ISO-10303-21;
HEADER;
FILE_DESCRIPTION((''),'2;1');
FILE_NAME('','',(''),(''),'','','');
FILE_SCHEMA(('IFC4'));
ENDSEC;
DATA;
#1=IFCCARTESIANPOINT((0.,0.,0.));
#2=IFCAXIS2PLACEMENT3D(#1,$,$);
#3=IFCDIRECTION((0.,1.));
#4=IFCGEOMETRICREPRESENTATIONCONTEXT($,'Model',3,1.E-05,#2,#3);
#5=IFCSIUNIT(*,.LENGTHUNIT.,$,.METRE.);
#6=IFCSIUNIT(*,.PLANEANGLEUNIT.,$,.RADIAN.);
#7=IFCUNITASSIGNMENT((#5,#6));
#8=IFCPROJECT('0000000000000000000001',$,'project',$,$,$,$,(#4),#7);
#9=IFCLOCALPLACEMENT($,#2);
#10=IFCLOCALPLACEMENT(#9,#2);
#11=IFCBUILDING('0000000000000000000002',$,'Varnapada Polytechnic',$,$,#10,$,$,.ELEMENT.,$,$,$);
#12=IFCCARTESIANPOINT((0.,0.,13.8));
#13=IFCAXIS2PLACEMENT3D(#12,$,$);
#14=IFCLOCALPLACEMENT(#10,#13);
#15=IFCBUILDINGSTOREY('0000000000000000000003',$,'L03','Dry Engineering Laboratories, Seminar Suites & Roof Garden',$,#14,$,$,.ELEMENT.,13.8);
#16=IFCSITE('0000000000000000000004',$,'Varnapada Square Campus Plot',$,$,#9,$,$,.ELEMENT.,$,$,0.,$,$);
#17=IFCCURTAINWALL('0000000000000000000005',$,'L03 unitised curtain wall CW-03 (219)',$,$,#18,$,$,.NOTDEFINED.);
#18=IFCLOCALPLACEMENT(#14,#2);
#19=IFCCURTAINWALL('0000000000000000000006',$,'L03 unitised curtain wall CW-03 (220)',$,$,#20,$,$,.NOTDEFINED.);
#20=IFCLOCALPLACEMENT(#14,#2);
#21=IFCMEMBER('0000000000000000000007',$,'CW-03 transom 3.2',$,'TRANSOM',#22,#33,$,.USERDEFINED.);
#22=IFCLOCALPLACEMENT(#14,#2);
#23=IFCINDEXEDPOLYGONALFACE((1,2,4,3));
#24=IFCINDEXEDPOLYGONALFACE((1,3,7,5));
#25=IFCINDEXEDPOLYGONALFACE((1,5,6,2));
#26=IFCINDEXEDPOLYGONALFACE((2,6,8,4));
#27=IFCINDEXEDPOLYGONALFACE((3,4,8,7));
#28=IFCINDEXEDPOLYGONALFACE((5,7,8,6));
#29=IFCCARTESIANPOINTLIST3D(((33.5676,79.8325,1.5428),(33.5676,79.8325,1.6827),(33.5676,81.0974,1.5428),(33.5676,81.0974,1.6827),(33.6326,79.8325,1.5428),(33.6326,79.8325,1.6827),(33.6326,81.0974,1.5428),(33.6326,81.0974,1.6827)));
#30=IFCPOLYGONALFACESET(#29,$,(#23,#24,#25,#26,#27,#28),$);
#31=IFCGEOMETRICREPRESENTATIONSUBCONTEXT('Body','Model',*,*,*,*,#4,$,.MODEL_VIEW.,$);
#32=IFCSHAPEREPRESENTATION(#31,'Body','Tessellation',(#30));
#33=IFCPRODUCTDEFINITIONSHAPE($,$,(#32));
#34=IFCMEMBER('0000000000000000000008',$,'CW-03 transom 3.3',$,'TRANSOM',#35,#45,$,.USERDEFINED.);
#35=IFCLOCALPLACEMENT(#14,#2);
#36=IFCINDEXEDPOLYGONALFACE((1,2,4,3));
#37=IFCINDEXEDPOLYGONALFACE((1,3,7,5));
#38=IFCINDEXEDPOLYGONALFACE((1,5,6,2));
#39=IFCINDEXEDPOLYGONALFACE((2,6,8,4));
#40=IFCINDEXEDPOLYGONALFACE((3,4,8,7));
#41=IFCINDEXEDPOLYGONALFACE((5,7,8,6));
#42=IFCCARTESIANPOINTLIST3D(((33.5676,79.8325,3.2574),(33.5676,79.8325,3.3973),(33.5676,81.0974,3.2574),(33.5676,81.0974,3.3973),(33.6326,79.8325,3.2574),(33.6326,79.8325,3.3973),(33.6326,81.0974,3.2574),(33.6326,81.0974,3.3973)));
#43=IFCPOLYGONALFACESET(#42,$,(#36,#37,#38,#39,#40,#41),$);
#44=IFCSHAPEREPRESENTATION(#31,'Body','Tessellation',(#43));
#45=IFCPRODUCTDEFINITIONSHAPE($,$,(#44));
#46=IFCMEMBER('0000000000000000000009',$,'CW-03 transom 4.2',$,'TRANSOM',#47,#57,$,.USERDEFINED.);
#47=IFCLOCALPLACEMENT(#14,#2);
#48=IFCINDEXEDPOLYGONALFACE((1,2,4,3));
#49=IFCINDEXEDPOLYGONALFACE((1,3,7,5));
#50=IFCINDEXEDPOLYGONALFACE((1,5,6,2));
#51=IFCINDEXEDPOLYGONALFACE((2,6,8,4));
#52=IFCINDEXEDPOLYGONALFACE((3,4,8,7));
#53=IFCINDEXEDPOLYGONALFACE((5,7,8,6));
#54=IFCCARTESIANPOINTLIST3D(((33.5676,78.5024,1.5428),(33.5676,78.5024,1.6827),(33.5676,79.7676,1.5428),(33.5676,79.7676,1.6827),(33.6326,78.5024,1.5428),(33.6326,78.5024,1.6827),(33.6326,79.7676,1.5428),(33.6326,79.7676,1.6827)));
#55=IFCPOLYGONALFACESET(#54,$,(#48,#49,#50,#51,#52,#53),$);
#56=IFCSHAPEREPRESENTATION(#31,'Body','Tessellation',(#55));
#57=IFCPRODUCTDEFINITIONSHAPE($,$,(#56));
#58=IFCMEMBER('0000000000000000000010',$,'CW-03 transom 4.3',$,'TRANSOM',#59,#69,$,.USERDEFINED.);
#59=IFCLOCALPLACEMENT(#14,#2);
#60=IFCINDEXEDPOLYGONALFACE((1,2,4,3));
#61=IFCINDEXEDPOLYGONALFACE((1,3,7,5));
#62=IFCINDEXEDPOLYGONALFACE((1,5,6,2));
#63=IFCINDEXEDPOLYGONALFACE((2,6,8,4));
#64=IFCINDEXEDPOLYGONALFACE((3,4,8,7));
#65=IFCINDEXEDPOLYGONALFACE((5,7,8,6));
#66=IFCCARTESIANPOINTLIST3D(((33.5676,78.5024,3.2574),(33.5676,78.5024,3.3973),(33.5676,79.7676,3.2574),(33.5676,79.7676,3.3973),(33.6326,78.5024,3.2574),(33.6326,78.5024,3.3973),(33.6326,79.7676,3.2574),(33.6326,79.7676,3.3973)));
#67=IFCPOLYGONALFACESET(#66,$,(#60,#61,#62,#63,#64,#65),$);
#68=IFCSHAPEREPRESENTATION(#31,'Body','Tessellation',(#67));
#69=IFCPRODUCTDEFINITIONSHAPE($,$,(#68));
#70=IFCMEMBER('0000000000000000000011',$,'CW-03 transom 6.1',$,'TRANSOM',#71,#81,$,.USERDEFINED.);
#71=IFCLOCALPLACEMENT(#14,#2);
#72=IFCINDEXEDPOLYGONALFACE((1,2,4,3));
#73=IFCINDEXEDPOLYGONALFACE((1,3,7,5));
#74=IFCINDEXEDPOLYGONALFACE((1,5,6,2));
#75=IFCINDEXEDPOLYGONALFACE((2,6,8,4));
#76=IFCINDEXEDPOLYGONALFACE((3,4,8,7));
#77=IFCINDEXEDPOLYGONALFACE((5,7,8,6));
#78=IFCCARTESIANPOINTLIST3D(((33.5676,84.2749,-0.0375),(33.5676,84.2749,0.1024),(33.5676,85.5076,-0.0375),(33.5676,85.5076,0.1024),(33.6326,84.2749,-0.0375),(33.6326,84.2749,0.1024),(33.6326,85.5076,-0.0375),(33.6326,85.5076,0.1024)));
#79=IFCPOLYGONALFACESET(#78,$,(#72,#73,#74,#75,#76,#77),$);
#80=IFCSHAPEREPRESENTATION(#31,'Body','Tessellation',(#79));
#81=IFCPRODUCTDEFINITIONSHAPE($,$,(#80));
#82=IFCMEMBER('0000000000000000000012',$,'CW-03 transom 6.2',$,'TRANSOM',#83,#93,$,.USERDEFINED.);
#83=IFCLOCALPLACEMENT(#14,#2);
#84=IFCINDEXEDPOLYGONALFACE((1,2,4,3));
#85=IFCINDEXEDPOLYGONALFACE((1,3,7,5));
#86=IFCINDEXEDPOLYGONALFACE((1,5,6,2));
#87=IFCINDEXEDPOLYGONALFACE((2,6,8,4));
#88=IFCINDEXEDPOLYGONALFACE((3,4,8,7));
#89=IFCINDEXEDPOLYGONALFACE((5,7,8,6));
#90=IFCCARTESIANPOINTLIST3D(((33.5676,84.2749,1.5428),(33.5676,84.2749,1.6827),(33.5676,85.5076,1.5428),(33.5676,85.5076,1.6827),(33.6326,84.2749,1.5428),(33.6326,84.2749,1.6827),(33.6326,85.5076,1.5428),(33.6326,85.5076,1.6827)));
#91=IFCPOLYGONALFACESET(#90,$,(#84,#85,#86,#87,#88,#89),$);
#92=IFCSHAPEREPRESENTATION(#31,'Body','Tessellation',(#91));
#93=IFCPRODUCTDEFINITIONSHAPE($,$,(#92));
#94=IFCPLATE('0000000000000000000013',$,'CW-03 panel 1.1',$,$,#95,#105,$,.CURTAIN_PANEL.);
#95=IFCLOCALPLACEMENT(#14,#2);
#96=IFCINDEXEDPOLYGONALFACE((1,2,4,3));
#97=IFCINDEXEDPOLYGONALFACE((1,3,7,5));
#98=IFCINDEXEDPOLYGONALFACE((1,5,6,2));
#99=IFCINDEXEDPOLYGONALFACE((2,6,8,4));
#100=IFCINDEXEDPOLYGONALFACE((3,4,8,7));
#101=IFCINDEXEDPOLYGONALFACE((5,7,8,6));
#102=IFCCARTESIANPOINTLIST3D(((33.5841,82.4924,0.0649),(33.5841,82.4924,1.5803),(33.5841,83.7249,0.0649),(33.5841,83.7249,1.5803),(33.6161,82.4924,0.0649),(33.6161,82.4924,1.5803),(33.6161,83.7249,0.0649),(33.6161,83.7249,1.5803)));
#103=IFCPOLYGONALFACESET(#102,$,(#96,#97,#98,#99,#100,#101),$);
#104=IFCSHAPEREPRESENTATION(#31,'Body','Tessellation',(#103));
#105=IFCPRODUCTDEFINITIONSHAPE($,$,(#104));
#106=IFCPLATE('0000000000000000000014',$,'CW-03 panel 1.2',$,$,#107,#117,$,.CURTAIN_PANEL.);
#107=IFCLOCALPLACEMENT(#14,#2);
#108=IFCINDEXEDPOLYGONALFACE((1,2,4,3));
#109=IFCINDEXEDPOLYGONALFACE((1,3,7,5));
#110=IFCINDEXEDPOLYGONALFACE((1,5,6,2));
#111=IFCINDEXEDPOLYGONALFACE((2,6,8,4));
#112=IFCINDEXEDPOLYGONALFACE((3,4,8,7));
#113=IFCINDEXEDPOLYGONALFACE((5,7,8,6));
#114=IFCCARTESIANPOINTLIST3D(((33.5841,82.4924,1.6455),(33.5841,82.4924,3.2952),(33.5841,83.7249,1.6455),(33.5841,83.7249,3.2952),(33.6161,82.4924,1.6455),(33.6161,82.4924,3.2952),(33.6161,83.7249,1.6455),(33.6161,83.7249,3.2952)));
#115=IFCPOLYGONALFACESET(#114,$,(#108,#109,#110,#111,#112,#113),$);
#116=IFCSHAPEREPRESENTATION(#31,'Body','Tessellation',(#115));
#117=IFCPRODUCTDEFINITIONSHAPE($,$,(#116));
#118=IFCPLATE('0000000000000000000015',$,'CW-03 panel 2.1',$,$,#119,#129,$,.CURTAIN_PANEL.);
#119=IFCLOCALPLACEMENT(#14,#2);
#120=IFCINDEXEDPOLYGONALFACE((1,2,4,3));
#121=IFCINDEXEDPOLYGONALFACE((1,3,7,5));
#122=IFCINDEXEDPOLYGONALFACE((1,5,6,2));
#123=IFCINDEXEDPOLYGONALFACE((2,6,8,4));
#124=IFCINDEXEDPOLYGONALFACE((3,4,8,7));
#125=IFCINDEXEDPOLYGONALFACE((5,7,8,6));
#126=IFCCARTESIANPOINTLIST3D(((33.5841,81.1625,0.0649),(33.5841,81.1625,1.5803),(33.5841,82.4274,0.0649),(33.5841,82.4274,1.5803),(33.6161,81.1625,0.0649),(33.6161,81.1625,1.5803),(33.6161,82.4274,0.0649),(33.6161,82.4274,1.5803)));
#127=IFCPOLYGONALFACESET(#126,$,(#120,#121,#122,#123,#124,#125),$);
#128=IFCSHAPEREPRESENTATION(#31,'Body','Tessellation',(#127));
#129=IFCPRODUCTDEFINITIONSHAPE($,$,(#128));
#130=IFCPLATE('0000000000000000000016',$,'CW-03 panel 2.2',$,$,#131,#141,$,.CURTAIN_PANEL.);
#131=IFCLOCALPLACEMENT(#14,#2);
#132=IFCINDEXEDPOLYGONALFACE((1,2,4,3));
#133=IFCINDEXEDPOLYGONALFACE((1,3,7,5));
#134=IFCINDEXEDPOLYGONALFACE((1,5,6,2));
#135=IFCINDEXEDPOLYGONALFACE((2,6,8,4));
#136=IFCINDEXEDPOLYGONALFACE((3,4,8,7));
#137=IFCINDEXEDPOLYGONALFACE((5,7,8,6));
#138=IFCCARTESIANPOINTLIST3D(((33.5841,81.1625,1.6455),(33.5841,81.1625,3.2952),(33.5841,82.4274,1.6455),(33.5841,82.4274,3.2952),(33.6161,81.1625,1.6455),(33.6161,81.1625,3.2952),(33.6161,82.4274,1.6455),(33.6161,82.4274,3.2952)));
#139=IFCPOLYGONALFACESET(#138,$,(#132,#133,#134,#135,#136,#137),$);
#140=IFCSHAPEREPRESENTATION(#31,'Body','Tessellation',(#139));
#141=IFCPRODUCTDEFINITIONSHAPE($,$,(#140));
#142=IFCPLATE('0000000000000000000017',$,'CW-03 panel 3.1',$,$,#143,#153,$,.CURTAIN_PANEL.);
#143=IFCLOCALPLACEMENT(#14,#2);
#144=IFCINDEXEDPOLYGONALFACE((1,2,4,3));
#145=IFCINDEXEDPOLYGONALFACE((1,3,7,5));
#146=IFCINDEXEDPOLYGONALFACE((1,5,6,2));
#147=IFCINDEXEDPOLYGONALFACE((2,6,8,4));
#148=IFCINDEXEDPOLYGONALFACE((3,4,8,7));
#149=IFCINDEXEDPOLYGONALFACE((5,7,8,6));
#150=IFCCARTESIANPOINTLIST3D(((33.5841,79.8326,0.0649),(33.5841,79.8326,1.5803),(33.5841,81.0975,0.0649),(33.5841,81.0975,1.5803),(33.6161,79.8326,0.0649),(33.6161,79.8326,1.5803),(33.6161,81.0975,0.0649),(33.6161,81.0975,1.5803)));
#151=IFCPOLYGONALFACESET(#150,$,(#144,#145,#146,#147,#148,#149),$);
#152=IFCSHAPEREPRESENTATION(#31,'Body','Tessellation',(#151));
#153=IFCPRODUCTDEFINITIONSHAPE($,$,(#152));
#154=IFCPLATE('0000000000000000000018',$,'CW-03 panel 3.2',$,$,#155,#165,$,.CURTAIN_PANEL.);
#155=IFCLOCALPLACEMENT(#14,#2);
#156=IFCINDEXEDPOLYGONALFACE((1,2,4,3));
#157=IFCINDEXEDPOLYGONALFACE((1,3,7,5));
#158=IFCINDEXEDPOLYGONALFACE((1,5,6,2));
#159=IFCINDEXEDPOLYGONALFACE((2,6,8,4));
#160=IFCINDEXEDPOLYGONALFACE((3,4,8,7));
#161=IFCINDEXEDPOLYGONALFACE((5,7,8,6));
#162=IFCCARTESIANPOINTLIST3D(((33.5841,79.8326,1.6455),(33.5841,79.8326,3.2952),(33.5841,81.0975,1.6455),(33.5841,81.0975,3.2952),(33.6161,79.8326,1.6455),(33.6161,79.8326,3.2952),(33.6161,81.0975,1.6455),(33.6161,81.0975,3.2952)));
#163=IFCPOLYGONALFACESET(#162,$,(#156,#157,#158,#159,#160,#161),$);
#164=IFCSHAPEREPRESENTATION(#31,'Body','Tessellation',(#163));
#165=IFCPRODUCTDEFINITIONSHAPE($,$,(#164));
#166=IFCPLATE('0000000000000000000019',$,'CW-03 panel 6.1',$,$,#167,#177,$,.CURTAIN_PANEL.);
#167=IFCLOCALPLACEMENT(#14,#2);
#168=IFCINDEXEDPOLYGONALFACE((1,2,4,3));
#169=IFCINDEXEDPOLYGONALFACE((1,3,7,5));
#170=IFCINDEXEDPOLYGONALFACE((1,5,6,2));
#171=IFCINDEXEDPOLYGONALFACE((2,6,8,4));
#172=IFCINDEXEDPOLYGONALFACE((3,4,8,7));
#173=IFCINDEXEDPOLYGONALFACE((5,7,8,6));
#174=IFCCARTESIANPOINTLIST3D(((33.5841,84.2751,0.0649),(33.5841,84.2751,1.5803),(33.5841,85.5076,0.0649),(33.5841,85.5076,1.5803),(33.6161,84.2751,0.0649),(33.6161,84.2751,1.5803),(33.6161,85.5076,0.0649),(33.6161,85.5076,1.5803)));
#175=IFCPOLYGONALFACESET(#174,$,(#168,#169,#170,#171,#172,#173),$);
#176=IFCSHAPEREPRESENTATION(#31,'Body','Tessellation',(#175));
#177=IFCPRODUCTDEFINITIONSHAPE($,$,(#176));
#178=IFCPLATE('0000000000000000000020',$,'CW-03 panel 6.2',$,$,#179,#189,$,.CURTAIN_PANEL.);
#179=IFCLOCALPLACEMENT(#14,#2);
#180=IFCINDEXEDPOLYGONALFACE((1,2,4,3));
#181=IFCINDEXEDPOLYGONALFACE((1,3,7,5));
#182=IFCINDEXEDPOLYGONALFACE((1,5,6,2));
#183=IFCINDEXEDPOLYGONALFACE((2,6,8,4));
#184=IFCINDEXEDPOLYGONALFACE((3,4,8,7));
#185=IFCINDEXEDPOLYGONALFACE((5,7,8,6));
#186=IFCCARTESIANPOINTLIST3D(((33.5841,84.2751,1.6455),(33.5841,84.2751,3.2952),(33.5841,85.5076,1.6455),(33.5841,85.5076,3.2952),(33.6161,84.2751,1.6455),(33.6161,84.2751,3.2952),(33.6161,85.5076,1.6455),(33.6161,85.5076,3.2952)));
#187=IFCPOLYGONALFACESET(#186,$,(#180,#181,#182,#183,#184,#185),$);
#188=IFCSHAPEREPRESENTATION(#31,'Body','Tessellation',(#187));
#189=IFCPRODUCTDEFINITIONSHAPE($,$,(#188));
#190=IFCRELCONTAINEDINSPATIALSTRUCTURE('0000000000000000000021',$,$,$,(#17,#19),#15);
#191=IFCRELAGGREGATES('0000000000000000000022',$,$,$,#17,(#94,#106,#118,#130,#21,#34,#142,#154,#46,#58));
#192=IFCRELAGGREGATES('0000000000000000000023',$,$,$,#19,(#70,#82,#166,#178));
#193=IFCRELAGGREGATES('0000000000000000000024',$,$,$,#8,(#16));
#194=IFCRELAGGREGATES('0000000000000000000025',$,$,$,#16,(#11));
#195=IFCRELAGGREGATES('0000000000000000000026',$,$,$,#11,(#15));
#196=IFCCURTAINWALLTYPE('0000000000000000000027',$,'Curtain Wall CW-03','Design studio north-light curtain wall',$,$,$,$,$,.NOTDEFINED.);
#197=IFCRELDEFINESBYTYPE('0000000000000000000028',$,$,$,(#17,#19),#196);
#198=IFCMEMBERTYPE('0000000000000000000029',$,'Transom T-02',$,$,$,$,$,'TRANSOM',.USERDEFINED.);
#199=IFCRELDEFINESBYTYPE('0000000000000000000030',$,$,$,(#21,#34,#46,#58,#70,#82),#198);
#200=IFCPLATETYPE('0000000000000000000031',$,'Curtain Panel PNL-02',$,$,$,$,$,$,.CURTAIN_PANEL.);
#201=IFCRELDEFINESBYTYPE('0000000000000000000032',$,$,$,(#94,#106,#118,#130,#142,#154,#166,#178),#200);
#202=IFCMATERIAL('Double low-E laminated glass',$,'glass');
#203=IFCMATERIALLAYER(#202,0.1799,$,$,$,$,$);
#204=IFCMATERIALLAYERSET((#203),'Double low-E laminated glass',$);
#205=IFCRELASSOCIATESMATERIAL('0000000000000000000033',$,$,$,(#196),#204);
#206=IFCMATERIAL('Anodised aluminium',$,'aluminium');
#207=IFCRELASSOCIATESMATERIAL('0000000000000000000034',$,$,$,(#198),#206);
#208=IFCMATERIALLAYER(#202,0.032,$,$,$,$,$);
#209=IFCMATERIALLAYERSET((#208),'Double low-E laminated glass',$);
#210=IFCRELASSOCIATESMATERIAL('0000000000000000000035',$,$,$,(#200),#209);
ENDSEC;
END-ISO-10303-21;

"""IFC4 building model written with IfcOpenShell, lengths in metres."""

from ifc_helpers import new_model, si_unit, direction, frame, origin, origin_2d, place, context, subcontext, project, spatial, rectangle, extrude, material, layer, layer_set, material_profile, profile_set, type_object, element, aggregate, save


model = new_model("IFC4")

# Units and contexts
model_context = context("Model", 3, precision=1e-05, world=origin(), true_north=direction((0.0, 1.0)))
body_context = subcontext(model_context, "Body", "Model", "MODEL_VIEW")
ifc_project = project(units=[si_unit("LENGTHUNIT", "METRE"), si_unit("PLANEANGLEUNIT", "RADIAN")], contexts=[model_context])

# Site, building, storey
site_placement = place(None, origin())
site = spatial("IfcSite", under=ifc_project, at=site_placement, Name="Varnapada Square Campus Plot", CompositionType="ELEMENT", RefElevation=0.0)
building_placement = place(site_placement, origin())
building = spatial("IfcBuilding", under=site, at=building_placement, Name="Varnapada Polytechnic", CompositionType="ELEMENT")
storey_placement = place(building_placement, frame((0.0, 0.0, 13.8)))
storey = spatial("IfcBuildingStorey", under=building, at=storey_placement, Name="L03", Description="Dry Engineering Laboratories, Seminar Suites & Roof Garden", CompositionType="ELEMENT", Elevation=13.8)

# Curtain wall
ifc_material_1 = material(Name="Double low-E laminated glass", Category="glass")
ifc_layer_1 = layer(ifc_material_1, 0.1799)
ifc_layer_set_1 = layer_set([ifc_layer_1], Name="Double low-E laminated glass")
curtain_wall_type = type_object("IfcCurtainWallType", Name="Curtain Wall CW-03", Description="Design studio north-light curtain wall", PredefinedType="NOTDEFINED", material=ifc_layer_set_1)
curtain_wall_1_placement = place(storey_placement, origin())
curtain_wall_1 = element("IfcCurtainWall", 1, at=curtain_wall_1_placement, inside=storey, type_object=curtain_wall_type, Name="L03 unitised curtain wall CW-03 (219)", PredefinedType="NOTDEFINED")
ifc_material_2 = material(Name="Anodised aluminium", Category="aluminium")

# Curtain wall
curtain_wall_2_placement = place(storey_placement, origin())
curtain_wall_2 = element("IfcCurtainWall", 2, at=curtain_wall_2_placement, inside=storey, type_object=curtain_wall_type, Name="L03 unitised curtain wall CW-03 (220)", PredefinedType="NOTDEFINED")

# Members
ifc_material_profile_1 = material_profile(ifc_material_2, rectangle(XDim=0.0649, YDim=0.1399, at=origin_2d()), Name="ALU T65x140")
ifc_profile_set_1 = profile_set([ifc_material_profile_1], Name="Anodised aluminium")
member_type_1 = type_object("IfcMemberType", Name="Transom T-02", ElementType="TRANSOM", PredefinedType="USERDEFINED", material=ifc_profile_set_1)
member_1_placement = place(storey_placement, frame((33.6001, 81.0974, 1.6128), z_axis=(0.0, -1.0, 0.0), x_axis=(1.0, 0.0, 0.0)))
member_1 = element("IfcMember", 3, at=member_1_placement, type_object=member_type_1, Name="CW-03 transom 3.2", ObjectType="TRANSOM", PredefinedType="USERDEFINED", context=body_context, shape_type="SweptSolid", body=[
    extrude(rectangle(XDim=0.0649, YDim=0.1399, at=origin_2d()), origin(), (0.0, 0.0, 1.0), 1.2649),
])
member_2_placement = place(storey_placement, frame((33.6001, 81.0974, 3.3274), z_axis=(0.0, -1.0, 0.0), x_axis=(1.0, 0.0, 0.0)))
member_2 = element("IfcMember", 4, at=member_2_placement, type_object=member_type_1, Name="CW-03 transom 3.3", ObjectType="TRANSOM", PredefinedType="USERDEFINED", context=body_context, shape_type="SweptSolid", body=[
    extrude(rectangle(XDim=0.0649, YDim=0.1399, at=origin_2d()), origin(), (0.0, 0.0, 1.0), 1.2649),
])
member_3_placement = place(storey_placement, frame((33.6001, 79.7676, 1.6128), z_axis=(0.0, -1.0, 0.0), x_axis=(1.0, 0.0, 0.0)))
member_3 = element("IfcMember", 5, at=member_3_placement, type_object=member_type_1, Name="CW-03 transom 4.2", ObjectType="TRANSOM", PredefinedType="USERDEFINED", context=body_context, shape_type="SweptSolid", body=[
    extrude(rectangle(XDim=0.0649, YDim=0.1399, at=origin_2d()), origin(), (0.0, 0.0, 1.0), 1.2651),
])
member_4_placement = place(storey_placement, frame((33.6001, 79.7676, 3.3274), z_axis=(0.0, -1.0, 0.0), x_axis=(1.0, 0.0, 0.0)))
member_4 = element("IfcMember", 6, at=member_4_placement, type_object=member_type_1, Name="CW-03 transom 4.3", ObjectType="TRANSOM", PredefinedType="USERDEFINED", context=body_context, shape_type="SweptSolid", body=[
    extrude(rectangle(XDim=0.0649, YDim=0.1399, at=origin_2d()), origin(), (0.0, 0.0, 1.0), 1.2651),
])
member_5_placement = place(storey_placement, frame((33.6001, 85.5076, 0.0325), z_axis=(0.0, -1.0, 0.0), x_axis=(1.0, 0.0, 0.0)))
member_5 = element("IfcMember", 7, at=member_5_placement, type_object=member_type_1, Name="CW-03 transom 6.1", ObjectType="TRANSOM", PredefinedType="USERDEFINED", context=body_context, shape_type="SweptSolid", body=[
    extrude(rectangle(XDim=0.0649, YDim=0.1399, at=origin_2d()), origin(), (0.0, 0.0, 1.0), 1.2327),
])
member_6_placement = place(storey_placement, frame((33.6001, 85.5076, 1.6128), z_axis=(0.0, -1.0, 0.0), x_axis=(1.0, 0.0, 0.0)))
member_6 = element("IfcMember", 8, at=member_6_placement, type_object=member_type_1, Name="CW-03 transom 6.2", ObjectType="TRANSOM", PredefinedType="USERDEFINED", context=body_context, shape_type="SweptSolid", body=[
    extrude(rectangle(XDim=0.0649, YDim=0.1399, at=origin_2d()), origin(), (0.0, 0.0, 1.0), 1.2327),
])

# Plates
ifc_layer_2 = layer(ifc_material_1, 0.032)
ifc_layer_set_2 = layer_set([ifc_layer_2], Name="Double low-E laminated glass")
plate_type = type_object("IfcPlateType", Name="Curtain Panel PNL-02", PredefinedType="CURTAIN_PANEL", material=ifc_layer_set_2)
plate_1_placement = place(storey_placement, frame((33.6001, 83.1086, 0.0649), z_axis=(0.0, 0.0, 1.0), x_axis=(0.0, -1.0, 0.0)))
plate_1 = element("IfcPlate", 9, at=plate_1_placement, type_object=plate_type, Name="CW-03 panel 1.1", PredefinedType="CURTAIN_PANEL", context=body_context, shape_type="SweptSolid", body=[
    extrude(rectangle(XDim=1.2324, YDim=0.032, at=origin_2d()), origin(), (0.0, 0.0, 1.0), 1.5154),
])
plate_2_placement = place(storey_placement, frame((33.6001, 83.1086, 1.6455), z_axis=(0.0, 0.0, 1.0), x_axis=(0.0, -1.0, 0.0)))
plate_2 = element("IfcPlate", 10, at=plate_2_placement, type_object=plate_type, Name="CW-03 panel 1.2", PredefinedType="CURTAIN_PANEL", context=body_context, shape_type="SweptSolid", body=[
    extrude(rectangle(XDim=1.2324, YDim=0.032, at=origin_2d()), origin(), (0.0, 0.0, 1.0), 1.6497),
])
plate_3_placement = place(storey_placement, frame((33.6001, 81.7949, 0.0649), z_axis=(0.0, 0.0, 1.0), x_axis=(0.0, -1.0, 0.0)))
plate_3 = element("IfcPlate", 11, at=plate_3_placement, type_object=plate_type, Name="CW-03 panel 2.1", PredefinedType="CURTAIN_PANEL", context=body_context, shape_type="SweptSolid", body=[
    extrude(rectangle(XDim=1.2649, YDim=0.032, at=origin_2d()), origin(), (0.0, 0.0, 1.0), 1.5154),
])
plate_4_placement = place(storey_placement, frame((33.6001, 81.7949, 1.6455), z_axis=(0.0, 0.0, 1.0), x_axis=(0.0, -1.0, 0.0)))
plate_4 = element("IfcPlate", 12, at=plate_4_placement, type_object=plate_type, Name="CW-03 panel 2.2", PredefinedType="CURTAIN_PANEL", context=body_context, shape_type="SweptSolid", body=[
    extrude(rectangle(XDim=1.2649, YDim=0.032, at=origin_2d()), origin(), (0.0, 0.0, 1.0), 1.6497),
])
plate_5_placement = place(storey_placement, frame((33.6001, 80.4651, 0.0649), z_axis=(0.0, 0.0, 1.0), x_axis=(0.0, -1.0, 0.0)))
plate_5 = element("IfcPlate", 13, at=plate_5_placement, type_object=plate_type, Name="CW-03 panel 3.1", PredefinedType="CURTAIN_PANEL", context=body_context, shape_type="SweptSolid", body=[
    extrude(rectangle(XDim=1.2649, YDim=0.032, at=origin_2d()), origin(), (0.0, 0.0, 1.0), 1.5154),
])
plate_6_placement = place(storey_placement, frame((33.6001, 80.4651, 1.6455), z_axis=(0.0, 0.0, 1.0), x_axis=(0.0, -1.0, 0.0)))
plate_6 = element("IfcPlate", 14, at=plate_6_placement, type_object=plate_type, Name="CW-03 panel 3.2", PredefinedType="CURTAIN_PANEL", context=body_context, shape_type="SweptSolid", body=[
    extrude(rectangle(XDim=1.2649, YDim=0.032, at=origin_2d()), origin(), (0.0, 0.0, 1.0), 1.6497),
])
aggregate(curtain_wall_1, [plate_1, plate_2, plate_3, plate_4, member_1, member_2, plate_5, plate_6, member_3, member_4])
plate_7_placement = place(storey_placement, frame((33.6001, 84.8914, 0.0649), z_axis=(0.0, 0.0, 1.0), x_axis=(0.0, -1.0, 0.0)))
plate_7 = element("IfcPlate", 15, at=plate_7_placement, type_object=plate_type, Name="CW-03 panel 6.1", PredefinedType="CURTAIN_PANEL", context=body_context, shape_type="SweptSolid", body=[
    extrude(rectangle(XDim=1.2324, YDim=0.032, at=origin_2d()), origin(), (0.0, 0.0, 1.0), 1.5154),
])
plate_8_placement = place(storey_placement, frame((33.6001, 84.8914, 1.6455), z_axis=(0.0, 0.0, 1.0), x_axis=(0.0, -1.0, 0.0)))
plate_8 = element("IfcPlate", 16, at=plate_8_placement, type_object=plate_type, Name="CW-03 panel 6.2", PredefinedType="CURTAIN_PANEL", context=body_context, shape_type="SweptSolid", body=[
    extrude(rectangle(XDim=1.2324, YDim=0.032, at=origin_2d()), origin(), (0.0, 0.0, 1.0), 1.6497),
])
aggregate(curtain_wall_2, [member_5, member_6, plate_7, plate_8])

save(model, "model.ifc")
